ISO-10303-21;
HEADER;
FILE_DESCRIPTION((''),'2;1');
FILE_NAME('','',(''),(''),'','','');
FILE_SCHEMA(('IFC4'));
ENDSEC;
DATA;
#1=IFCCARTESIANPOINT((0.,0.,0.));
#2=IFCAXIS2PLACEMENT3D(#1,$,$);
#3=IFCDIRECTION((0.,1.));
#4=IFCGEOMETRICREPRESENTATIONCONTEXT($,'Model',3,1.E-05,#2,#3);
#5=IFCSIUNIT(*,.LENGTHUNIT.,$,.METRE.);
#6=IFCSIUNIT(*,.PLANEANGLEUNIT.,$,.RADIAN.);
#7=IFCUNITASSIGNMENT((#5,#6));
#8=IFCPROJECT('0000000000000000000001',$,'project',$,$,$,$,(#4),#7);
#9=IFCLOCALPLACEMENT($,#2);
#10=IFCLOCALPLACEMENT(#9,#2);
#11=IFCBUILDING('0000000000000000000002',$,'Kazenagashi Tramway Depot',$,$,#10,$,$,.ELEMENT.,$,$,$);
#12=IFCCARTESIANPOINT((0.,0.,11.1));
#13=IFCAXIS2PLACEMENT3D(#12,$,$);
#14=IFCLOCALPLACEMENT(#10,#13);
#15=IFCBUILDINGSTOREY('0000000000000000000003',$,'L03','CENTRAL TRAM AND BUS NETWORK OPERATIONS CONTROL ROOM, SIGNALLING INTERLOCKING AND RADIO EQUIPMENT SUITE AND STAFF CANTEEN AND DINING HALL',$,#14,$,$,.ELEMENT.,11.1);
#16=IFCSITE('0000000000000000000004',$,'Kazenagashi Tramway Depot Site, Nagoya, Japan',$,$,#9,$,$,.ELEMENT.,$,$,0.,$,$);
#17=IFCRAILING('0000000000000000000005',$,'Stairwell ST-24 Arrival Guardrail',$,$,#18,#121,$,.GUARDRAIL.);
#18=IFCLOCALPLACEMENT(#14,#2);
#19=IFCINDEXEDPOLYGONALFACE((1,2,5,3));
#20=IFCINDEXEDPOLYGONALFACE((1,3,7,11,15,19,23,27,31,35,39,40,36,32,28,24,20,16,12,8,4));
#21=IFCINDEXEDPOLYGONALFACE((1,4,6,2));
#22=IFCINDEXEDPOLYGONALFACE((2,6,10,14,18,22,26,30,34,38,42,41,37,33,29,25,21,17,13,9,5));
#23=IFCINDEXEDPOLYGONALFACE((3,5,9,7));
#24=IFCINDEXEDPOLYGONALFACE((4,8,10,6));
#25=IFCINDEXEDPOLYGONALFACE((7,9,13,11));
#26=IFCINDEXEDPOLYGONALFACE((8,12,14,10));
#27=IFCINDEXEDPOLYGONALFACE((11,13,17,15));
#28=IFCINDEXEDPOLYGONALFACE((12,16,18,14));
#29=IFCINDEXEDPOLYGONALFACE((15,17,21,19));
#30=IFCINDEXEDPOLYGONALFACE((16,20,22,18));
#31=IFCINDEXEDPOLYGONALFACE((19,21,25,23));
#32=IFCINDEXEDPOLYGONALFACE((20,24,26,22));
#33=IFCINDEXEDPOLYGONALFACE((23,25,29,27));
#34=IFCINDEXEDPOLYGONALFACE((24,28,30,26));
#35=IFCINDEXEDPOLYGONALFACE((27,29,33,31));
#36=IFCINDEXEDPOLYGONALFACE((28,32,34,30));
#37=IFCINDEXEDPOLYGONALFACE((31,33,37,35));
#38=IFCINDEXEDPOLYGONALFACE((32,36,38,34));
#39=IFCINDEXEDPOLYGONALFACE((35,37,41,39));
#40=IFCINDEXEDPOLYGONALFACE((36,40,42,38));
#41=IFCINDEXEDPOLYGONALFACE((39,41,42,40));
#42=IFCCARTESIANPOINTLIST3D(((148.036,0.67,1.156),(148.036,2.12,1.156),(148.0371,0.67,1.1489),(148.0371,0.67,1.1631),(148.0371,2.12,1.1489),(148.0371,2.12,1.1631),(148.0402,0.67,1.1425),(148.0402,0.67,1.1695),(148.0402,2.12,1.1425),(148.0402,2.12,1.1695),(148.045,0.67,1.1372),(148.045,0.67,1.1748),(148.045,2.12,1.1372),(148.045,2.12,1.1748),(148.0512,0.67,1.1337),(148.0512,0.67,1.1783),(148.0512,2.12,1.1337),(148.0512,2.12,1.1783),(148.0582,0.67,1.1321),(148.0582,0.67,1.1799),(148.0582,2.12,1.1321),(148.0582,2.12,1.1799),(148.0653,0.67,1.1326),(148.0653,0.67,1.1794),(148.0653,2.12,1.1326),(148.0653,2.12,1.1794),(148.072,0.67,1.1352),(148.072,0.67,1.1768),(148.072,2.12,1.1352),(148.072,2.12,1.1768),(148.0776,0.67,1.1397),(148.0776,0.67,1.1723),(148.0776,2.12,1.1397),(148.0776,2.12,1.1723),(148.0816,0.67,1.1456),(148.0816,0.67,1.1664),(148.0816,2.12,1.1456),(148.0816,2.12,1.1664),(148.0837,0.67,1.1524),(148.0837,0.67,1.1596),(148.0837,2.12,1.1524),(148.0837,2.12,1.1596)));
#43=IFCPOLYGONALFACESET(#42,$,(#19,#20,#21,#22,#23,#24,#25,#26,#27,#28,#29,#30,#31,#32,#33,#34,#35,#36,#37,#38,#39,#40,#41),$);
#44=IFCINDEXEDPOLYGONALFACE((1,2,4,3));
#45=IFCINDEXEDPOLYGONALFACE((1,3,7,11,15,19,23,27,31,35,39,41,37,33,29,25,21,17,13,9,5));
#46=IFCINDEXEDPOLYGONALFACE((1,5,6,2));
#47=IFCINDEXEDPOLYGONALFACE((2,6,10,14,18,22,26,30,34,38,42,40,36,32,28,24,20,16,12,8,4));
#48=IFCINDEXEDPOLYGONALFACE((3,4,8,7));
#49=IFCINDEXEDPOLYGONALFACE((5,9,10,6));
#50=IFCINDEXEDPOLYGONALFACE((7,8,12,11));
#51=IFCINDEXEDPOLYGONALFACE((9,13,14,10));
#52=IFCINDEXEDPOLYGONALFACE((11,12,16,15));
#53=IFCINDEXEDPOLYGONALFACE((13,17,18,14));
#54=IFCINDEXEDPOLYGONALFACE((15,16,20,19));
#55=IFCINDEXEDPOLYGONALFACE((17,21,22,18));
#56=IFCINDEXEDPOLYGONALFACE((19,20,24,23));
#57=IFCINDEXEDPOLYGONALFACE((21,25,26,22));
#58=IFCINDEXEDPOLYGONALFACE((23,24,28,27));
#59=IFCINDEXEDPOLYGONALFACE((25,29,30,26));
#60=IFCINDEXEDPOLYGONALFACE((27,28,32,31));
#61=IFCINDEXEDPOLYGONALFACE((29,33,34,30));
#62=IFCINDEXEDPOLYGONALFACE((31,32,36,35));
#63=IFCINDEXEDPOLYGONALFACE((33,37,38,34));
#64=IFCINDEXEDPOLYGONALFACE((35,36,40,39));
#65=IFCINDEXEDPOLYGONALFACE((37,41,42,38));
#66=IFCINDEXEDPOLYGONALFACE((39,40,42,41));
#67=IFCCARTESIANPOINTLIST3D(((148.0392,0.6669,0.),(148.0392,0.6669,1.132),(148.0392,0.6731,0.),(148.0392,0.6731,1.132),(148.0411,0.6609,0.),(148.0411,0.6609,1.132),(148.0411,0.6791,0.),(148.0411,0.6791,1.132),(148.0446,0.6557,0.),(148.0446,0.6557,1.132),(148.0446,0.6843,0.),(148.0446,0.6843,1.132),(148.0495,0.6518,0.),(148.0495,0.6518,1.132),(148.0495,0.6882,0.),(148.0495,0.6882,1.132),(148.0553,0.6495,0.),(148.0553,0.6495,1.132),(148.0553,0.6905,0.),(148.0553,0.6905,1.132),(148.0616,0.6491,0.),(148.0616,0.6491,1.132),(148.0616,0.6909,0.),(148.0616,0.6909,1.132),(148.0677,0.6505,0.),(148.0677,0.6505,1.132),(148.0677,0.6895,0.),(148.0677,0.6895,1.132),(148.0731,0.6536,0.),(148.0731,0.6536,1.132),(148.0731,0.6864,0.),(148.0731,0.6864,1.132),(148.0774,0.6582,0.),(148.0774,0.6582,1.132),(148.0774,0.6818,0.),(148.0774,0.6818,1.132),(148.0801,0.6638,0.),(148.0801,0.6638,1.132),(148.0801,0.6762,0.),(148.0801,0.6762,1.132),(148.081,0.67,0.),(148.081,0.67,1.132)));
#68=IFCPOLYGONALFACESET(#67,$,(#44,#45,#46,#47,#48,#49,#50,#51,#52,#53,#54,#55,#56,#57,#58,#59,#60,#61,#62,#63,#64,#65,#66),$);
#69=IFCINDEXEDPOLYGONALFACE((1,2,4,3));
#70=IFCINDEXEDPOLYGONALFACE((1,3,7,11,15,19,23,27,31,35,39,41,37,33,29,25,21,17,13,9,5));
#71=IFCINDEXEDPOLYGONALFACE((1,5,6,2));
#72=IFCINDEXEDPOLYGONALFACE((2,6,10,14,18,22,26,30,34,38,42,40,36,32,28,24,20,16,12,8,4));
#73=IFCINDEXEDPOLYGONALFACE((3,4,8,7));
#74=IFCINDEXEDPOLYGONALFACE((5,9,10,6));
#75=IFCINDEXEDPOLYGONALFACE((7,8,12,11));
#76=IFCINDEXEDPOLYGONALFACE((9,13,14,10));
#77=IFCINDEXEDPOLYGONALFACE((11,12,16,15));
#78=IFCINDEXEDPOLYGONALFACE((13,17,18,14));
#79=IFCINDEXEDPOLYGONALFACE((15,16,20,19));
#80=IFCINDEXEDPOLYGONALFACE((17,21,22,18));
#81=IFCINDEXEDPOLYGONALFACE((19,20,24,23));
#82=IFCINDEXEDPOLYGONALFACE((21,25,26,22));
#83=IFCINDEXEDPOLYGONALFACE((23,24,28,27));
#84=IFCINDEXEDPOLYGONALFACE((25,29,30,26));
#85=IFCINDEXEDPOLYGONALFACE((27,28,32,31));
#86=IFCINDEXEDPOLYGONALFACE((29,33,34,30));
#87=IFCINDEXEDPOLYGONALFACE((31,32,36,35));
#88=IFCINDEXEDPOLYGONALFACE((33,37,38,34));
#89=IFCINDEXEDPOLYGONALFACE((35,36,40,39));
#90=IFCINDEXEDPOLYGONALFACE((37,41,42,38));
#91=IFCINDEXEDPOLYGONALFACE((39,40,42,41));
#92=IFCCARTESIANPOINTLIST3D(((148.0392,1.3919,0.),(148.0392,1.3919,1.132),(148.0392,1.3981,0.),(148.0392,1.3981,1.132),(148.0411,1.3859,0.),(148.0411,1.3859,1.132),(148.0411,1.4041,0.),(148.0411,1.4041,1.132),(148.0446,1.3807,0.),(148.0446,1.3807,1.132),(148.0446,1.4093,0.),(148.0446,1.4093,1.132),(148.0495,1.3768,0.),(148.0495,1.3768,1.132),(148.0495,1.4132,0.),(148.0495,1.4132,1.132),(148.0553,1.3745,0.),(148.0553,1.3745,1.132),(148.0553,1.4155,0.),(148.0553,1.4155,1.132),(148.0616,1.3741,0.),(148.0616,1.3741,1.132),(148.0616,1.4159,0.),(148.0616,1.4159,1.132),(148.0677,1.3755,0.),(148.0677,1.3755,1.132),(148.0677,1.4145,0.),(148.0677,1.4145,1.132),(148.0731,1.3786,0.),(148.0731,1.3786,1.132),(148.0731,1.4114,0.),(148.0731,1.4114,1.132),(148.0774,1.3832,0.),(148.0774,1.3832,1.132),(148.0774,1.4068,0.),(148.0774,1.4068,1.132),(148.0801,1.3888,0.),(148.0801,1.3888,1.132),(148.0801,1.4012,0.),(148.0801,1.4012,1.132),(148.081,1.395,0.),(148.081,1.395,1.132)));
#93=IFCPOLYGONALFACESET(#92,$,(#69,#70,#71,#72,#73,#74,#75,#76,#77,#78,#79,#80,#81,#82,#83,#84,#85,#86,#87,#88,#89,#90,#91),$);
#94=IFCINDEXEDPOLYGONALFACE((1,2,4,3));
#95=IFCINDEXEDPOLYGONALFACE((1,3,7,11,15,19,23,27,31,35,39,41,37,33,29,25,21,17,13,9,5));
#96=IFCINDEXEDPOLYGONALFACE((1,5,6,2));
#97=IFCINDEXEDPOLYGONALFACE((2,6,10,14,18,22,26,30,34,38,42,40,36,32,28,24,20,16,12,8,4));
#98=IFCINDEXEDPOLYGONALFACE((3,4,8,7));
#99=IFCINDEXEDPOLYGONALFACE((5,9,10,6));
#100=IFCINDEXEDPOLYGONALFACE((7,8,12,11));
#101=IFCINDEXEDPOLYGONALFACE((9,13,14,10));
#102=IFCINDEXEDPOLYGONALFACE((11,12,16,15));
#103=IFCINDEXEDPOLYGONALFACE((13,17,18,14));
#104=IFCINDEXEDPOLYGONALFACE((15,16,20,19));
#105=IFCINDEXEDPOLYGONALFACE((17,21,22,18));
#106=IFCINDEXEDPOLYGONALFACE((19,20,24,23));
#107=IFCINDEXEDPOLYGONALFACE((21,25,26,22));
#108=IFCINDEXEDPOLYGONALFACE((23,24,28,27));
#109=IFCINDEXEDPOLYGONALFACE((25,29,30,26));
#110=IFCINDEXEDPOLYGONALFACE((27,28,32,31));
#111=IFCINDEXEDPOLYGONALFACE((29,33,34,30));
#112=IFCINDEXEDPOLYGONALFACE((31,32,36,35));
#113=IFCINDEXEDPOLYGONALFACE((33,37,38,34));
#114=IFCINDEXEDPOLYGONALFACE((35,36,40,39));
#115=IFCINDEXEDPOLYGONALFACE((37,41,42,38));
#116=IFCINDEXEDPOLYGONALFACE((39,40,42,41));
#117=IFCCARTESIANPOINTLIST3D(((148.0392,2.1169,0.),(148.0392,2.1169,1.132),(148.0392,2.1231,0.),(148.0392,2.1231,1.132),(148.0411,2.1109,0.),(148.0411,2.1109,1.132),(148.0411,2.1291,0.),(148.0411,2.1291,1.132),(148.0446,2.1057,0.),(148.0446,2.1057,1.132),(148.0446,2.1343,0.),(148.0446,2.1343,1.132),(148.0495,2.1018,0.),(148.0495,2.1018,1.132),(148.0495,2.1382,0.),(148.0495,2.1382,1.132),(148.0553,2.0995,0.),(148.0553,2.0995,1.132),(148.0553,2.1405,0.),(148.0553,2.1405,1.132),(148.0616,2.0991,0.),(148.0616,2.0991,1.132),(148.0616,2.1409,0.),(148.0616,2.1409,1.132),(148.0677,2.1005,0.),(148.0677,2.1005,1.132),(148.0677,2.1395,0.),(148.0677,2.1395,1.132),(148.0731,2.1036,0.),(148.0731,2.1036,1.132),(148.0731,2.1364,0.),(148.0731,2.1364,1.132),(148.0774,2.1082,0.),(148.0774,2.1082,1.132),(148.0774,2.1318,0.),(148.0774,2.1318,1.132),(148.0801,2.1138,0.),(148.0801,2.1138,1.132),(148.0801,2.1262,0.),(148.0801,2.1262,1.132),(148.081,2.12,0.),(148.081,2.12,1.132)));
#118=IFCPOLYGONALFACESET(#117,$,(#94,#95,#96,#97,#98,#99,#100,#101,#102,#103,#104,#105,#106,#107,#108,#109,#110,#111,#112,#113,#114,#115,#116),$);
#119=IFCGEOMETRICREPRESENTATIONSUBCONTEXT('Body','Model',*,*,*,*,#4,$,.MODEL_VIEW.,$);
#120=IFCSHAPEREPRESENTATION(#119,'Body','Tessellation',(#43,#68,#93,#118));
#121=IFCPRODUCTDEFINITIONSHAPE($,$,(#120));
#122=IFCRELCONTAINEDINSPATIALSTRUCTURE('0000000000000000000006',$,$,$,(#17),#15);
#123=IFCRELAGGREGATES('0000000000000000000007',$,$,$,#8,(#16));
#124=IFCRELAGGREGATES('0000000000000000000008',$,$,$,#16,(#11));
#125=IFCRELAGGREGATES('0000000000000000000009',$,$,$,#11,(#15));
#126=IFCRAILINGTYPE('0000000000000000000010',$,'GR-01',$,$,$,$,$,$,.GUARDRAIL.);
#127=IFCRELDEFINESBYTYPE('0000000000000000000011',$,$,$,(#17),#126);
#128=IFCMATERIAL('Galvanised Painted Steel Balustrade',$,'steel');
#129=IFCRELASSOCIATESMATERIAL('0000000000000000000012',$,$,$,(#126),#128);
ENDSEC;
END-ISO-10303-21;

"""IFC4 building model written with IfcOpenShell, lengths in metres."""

from ifc_helpers import new_model, si_unit, direction, frame, origin, origin_2d, place, context, subcontext, project, spatial, circle, extrude, material, type_object, element, save


model = new_model("IFC4")

# Units and contexts
model_context = context("Model", 3, precision=1e-05, world=origin(), true_north=direction((0.0, 1.0)))
body_context = subcontext(model_context, "Body", "Model", "MODEL_VIEW")
ifc_project = project(units=[si_unit("LENGTHUNIT", "METRE"), si_unit("PLANEANGLEUNIT", "RADIAN")], contexts=[model_context])

# Site, building, storey
site_placement = place(None, origin())
site = spatial("IfcSite", under=ifc_project, at=site_placement, Name="Kazenagashi Tramway Depot Site, Nagoya, Japan", CompositionType="ELEMENT", RefElevation=0.0)
building_placement = place(site_placement, origin())
building = spatial("IfcBuilding", under=site, at=building_placement, Name="Kazenagashi Tramway Depot", CompositionType="ELEMENT")
storey_placement = place(building_placement, frame((0.0, 0.0, 11.1)))
storey = spatial("IfcBuildingStorey", under=building, at=storey_placement, Name="L03", Description="CENTRAL TRAM AND BUS NETWORK OPERATIONS CONTROL ROOM, SIGNALLING INTERLOCKING AND RADIO EQUIPMENT SUITE AND STAFF CANTEEN AND DINING HALL", CompositionType="ELEMENT", Elevation=11.1)

# Railing
ifc_material_1 = material(Name="Galvanised Painted Steel Balustrade", Category="steel")
railing_type = type_object("IfcRailingType", Name="GR-01", PredefinedType="GUARDRAIL", material=ifc_material_1)
railing_placement = place(storey_placement, frame((148.06, 0.67, 0.0)))
element("IfcRailing", 1, at=railing_placement, inside=storey, type_object=railing_type, Name="Stairwell ST-24 Arrival Guardrail", PredefinedType="GUARDRAIL", context=body_context, shape_type="SweptSolid", body=[
    extrude(circle(Radius=0.024, at=origin_2d()), frame((0.0, 0.0, 1.156), z_axis=(0.0, 1.0, 0.0), x_axis=(-1.0, 0.0, 0.0)), (0.0, 0.0, 1.0), 1.45),
    extrude(circle(Radius=0.021, at=origin_2d()), origin(), (0.0, 0.0, 1.0), 1.132),
    extrude(circle(Radius=0.021, at=origin_2d()), frame((0.0, 0.725, 0.0)), (0.0, 0.0, 1.0), 1.132),
    extrude(circle(Radius=0.021, at=origin_2d()), frame((0.0, 1.45, 0.0)), (0.0, 0.0, 1.0), 1.132),
])

save(model, "model.ifc")
